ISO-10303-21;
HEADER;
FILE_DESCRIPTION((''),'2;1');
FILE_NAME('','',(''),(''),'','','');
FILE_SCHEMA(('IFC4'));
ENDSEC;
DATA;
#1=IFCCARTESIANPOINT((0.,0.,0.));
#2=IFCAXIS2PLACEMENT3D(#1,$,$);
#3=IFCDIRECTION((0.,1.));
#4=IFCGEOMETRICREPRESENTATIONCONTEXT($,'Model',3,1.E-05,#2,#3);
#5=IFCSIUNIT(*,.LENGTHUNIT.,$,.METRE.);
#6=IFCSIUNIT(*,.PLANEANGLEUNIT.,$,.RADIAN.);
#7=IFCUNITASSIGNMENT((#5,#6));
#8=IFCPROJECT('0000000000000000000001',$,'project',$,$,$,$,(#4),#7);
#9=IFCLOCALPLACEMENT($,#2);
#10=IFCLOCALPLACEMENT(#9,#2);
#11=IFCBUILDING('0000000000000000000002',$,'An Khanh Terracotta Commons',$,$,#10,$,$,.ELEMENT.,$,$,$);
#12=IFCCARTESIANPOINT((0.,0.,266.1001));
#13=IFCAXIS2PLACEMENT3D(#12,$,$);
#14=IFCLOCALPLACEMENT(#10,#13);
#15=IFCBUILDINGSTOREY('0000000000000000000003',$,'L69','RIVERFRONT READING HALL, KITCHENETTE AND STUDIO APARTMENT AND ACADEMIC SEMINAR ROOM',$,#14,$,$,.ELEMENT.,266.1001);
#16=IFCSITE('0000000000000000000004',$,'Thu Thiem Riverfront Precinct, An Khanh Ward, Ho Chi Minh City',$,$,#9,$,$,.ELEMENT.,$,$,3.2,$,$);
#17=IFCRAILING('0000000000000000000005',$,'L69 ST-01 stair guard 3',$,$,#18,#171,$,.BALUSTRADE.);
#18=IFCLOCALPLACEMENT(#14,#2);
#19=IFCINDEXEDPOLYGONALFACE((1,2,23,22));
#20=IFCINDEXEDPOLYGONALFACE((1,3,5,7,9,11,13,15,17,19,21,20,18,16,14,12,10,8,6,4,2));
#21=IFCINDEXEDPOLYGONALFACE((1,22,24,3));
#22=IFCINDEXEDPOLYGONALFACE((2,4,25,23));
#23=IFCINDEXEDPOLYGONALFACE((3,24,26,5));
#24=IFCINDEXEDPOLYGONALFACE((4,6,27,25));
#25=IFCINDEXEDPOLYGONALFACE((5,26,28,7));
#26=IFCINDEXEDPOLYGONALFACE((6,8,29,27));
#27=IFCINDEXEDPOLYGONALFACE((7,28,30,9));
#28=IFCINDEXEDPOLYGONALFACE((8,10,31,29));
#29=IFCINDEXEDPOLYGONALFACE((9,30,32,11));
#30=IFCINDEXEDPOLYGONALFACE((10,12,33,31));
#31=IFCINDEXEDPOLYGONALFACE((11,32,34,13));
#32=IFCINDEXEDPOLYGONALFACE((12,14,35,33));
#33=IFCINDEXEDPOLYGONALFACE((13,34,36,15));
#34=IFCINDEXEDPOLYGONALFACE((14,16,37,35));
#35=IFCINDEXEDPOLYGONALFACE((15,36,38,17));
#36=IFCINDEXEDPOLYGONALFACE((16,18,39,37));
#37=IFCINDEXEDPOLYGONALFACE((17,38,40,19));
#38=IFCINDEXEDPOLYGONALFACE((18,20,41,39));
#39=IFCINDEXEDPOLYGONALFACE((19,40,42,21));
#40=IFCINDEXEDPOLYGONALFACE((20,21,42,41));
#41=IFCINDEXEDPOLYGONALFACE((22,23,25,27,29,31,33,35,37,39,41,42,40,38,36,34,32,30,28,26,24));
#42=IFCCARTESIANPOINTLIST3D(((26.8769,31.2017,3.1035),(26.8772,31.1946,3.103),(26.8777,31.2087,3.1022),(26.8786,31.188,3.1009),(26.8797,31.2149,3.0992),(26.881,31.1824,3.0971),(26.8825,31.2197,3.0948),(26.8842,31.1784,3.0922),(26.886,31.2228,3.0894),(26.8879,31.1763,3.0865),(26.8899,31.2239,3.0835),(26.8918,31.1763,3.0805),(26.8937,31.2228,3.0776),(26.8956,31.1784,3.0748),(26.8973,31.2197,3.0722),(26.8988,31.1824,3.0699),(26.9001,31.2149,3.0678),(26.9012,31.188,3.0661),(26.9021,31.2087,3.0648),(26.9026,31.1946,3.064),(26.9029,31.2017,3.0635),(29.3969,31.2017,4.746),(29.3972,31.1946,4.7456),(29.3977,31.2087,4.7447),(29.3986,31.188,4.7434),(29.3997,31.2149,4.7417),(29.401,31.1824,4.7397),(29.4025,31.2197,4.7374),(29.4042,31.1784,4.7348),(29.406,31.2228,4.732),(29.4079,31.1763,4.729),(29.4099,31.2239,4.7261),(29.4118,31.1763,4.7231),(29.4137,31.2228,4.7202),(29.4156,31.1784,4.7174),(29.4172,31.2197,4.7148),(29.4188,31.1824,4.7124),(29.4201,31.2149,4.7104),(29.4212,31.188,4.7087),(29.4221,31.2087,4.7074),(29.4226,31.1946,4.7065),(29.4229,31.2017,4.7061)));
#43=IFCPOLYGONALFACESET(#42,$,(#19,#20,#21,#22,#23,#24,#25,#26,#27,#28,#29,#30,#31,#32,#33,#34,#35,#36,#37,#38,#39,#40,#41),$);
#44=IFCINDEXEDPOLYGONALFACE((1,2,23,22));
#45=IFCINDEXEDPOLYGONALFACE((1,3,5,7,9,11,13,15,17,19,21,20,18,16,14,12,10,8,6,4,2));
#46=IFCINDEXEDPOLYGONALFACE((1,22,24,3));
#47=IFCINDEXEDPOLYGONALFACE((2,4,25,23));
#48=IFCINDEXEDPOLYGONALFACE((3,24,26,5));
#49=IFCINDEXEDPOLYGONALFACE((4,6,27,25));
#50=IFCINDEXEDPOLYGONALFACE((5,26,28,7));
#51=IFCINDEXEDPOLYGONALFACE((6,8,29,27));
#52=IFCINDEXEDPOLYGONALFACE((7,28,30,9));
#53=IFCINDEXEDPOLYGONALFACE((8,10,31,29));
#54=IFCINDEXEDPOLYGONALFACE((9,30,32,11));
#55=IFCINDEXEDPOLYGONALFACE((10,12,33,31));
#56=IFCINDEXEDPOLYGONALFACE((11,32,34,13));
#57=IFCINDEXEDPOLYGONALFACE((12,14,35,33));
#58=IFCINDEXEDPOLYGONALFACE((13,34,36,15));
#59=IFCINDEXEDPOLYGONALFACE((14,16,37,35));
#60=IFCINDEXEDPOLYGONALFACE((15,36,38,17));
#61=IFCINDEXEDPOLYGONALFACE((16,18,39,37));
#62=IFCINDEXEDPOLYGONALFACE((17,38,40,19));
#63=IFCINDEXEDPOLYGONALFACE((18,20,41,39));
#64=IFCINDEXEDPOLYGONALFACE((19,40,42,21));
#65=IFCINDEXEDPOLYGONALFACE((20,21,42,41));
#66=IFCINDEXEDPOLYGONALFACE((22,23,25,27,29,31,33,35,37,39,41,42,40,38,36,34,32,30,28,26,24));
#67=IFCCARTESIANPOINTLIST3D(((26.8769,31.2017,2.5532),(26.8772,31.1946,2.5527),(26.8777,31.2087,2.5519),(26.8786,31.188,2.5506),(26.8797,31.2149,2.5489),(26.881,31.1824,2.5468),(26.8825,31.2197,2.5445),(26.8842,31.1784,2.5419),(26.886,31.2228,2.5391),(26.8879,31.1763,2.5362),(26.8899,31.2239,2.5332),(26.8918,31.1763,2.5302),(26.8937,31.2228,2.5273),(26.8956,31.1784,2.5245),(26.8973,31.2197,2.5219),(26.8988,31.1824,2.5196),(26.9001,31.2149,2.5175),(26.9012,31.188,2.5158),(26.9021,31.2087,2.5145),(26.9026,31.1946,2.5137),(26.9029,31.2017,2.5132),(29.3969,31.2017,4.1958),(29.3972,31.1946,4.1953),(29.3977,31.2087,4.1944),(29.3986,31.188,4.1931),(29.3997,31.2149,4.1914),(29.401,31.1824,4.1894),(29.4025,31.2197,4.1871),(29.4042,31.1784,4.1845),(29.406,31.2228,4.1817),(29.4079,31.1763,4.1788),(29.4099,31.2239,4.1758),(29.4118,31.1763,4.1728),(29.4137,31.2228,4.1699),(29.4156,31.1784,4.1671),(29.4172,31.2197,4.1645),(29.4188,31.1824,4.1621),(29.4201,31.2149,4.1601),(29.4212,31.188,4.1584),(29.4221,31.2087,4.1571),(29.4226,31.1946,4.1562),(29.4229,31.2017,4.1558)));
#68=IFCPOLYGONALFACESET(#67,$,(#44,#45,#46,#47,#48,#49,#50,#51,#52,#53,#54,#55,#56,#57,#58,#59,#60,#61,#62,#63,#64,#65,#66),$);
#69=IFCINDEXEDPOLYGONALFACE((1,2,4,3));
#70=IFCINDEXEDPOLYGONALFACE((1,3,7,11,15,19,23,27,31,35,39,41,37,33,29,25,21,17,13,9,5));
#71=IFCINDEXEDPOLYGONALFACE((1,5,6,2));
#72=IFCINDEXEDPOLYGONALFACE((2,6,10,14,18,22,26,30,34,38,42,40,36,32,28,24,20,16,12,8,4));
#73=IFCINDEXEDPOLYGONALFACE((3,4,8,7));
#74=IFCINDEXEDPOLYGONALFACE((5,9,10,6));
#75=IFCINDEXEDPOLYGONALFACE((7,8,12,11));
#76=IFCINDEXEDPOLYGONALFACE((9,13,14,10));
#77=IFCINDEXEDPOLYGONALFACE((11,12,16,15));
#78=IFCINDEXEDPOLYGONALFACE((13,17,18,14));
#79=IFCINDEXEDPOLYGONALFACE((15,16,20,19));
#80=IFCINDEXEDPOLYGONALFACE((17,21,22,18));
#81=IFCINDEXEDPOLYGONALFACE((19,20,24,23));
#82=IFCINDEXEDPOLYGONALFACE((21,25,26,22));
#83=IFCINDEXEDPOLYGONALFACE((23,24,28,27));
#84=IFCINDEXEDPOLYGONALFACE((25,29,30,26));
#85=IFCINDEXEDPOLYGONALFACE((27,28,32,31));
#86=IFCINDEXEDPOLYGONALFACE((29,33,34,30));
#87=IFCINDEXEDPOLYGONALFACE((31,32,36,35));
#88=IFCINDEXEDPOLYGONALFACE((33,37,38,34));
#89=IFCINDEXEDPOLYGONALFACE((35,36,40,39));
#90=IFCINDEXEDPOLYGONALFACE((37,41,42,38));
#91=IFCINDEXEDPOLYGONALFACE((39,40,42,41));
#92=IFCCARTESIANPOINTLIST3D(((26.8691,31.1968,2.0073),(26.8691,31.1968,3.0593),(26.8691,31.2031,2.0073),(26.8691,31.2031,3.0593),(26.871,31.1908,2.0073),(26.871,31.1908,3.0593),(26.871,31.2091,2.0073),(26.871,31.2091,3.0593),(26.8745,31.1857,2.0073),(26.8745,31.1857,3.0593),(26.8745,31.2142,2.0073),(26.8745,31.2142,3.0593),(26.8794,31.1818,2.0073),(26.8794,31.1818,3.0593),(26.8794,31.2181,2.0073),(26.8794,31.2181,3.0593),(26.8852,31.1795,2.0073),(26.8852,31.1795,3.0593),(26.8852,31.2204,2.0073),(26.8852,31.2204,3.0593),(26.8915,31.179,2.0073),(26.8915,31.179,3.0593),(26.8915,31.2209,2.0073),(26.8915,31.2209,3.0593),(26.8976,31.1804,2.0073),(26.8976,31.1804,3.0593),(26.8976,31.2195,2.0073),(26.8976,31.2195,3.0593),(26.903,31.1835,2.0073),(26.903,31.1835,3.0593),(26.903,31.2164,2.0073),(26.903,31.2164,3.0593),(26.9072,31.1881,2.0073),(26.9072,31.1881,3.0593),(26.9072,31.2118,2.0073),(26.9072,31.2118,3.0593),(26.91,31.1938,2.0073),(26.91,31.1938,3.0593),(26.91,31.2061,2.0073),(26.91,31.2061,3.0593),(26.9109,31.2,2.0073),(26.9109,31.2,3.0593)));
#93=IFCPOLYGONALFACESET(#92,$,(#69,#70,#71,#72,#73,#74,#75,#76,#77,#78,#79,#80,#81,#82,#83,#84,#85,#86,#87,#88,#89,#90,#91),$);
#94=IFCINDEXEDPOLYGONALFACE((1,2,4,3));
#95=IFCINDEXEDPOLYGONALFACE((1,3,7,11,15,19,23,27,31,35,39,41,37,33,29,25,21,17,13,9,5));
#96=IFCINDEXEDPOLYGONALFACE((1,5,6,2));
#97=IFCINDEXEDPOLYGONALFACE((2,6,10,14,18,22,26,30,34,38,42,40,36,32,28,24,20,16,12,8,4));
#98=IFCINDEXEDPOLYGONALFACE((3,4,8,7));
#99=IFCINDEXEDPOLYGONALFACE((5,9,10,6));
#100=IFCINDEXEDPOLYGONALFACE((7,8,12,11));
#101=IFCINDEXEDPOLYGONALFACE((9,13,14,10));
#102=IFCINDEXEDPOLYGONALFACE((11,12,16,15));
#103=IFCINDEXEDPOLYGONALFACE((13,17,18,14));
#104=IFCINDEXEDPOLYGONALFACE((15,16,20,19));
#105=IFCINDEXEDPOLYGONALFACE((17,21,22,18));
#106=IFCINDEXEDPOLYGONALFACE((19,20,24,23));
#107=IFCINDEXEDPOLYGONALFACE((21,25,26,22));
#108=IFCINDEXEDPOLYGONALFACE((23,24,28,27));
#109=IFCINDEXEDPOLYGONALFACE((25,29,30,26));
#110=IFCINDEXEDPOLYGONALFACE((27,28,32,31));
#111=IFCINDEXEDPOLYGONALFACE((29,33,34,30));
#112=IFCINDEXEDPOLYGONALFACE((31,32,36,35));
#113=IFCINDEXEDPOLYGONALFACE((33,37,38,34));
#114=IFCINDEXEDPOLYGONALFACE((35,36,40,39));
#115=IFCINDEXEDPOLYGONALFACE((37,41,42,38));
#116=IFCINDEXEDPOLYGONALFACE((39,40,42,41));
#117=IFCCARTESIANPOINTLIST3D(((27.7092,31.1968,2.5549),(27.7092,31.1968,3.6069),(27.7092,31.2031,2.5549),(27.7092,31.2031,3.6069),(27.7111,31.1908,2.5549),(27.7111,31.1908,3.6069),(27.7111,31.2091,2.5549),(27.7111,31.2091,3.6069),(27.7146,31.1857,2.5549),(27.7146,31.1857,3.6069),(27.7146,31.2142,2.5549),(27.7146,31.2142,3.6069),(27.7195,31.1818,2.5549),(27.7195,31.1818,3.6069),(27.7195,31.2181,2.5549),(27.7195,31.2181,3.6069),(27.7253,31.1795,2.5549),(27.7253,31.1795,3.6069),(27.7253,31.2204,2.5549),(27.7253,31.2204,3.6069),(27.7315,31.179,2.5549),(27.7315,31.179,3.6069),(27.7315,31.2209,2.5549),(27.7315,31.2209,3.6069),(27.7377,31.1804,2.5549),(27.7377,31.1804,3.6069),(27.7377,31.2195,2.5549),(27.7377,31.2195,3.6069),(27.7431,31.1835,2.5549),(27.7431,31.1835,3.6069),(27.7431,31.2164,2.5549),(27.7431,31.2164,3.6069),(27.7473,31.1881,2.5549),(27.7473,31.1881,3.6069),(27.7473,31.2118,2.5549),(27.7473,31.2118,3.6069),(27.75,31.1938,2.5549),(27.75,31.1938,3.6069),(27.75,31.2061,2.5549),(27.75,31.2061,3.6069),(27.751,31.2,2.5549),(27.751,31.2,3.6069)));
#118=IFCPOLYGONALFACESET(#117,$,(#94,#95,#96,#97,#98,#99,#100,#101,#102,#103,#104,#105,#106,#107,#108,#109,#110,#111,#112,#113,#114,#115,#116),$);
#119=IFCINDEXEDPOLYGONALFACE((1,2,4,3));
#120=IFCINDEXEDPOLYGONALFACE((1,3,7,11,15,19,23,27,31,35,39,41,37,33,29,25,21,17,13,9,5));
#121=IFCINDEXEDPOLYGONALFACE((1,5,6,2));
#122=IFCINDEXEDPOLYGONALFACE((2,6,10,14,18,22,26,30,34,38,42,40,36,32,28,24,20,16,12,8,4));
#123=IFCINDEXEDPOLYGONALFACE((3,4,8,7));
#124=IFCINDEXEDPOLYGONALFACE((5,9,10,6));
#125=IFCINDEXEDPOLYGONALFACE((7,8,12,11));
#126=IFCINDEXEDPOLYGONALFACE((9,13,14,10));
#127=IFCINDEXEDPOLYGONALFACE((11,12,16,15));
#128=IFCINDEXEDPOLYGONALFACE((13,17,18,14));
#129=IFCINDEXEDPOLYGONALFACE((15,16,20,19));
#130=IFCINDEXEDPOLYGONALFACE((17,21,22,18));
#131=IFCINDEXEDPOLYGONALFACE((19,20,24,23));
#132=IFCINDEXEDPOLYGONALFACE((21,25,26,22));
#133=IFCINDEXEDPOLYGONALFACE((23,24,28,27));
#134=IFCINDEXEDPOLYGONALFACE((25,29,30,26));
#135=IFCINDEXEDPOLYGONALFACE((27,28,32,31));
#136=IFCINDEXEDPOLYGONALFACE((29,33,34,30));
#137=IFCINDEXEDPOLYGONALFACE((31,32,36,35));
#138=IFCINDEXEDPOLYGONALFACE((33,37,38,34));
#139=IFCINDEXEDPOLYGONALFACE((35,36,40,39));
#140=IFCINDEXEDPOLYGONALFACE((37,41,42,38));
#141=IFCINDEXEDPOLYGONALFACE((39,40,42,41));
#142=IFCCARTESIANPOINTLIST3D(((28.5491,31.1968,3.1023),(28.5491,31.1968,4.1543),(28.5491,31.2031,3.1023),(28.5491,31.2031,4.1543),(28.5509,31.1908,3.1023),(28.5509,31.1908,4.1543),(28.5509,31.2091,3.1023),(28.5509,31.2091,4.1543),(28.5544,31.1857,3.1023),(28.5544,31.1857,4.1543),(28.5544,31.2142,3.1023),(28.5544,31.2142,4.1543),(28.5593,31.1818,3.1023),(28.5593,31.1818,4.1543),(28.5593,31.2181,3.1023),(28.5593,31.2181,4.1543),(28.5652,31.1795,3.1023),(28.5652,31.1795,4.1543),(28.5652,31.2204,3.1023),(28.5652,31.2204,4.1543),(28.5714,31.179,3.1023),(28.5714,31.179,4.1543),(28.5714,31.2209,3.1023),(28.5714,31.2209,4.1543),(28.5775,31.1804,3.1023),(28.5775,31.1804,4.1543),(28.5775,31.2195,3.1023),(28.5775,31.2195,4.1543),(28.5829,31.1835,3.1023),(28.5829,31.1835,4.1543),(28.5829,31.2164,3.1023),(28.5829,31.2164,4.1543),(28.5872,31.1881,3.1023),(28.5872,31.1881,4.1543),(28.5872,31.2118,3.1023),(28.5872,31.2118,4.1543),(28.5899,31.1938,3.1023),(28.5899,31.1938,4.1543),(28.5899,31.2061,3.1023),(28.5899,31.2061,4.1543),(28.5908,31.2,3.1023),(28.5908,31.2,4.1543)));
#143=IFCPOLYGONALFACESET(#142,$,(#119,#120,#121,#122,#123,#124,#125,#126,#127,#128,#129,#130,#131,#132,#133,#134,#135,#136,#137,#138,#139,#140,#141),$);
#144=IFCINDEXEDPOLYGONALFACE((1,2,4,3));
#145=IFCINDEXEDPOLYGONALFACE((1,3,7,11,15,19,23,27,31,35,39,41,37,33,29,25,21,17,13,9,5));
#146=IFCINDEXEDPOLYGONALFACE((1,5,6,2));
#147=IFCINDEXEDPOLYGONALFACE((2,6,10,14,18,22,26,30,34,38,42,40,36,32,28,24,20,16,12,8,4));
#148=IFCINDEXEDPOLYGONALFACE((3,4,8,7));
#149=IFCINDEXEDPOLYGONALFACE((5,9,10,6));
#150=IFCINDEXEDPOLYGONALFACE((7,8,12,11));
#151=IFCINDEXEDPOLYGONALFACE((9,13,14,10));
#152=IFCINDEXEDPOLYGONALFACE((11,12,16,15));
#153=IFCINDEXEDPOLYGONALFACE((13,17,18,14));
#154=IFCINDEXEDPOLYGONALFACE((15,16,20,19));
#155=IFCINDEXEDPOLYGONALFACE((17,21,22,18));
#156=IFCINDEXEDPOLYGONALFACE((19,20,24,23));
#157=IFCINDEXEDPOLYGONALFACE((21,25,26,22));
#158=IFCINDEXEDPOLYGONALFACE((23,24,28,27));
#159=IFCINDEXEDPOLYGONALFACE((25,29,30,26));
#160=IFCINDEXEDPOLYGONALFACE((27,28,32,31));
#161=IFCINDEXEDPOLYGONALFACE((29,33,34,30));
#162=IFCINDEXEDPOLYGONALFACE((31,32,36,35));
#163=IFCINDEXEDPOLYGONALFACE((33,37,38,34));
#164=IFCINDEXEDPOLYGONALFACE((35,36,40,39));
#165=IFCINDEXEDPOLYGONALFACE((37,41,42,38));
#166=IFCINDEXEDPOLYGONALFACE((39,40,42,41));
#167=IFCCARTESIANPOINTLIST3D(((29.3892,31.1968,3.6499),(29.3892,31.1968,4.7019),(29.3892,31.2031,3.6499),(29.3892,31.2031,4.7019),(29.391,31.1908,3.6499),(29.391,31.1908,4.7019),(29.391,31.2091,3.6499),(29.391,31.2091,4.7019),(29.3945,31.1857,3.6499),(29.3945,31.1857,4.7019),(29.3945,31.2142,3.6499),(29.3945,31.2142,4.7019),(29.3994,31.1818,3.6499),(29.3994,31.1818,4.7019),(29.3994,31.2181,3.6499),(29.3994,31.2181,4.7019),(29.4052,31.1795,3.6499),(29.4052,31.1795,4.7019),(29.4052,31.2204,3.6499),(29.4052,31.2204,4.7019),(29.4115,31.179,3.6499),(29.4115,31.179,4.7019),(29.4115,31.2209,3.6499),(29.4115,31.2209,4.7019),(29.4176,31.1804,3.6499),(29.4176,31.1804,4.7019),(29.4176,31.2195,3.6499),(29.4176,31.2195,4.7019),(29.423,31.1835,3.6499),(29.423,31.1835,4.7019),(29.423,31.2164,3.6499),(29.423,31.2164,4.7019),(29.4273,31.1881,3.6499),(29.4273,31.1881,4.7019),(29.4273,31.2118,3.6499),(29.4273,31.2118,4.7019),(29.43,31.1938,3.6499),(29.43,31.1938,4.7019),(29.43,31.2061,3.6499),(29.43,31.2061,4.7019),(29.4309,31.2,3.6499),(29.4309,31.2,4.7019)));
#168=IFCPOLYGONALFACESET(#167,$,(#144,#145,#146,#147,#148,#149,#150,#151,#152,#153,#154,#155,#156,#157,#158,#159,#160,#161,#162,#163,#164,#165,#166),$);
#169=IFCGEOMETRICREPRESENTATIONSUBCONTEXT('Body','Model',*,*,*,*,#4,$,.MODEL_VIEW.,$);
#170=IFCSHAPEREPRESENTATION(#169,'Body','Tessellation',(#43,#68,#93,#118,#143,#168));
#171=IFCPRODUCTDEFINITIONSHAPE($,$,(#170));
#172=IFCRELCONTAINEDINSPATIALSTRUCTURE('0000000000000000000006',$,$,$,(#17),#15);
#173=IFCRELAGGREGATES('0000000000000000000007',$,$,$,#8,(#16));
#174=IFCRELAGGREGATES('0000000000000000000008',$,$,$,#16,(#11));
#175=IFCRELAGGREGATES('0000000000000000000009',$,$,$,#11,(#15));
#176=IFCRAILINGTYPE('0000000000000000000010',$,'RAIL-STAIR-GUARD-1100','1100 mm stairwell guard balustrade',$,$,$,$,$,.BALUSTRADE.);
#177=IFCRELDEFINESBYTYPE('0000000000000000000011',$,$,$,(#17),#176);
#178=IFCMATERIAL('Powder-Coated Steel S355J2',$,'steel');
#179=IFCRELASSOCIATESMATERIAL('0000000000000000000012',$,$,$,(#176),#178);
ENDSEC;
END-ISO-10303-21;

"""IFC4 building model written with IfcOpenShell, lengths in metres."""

from ifc_helpers import new_model, si_unit, direction, frame, origin, origin_2d, place, context, subcontext, project, spatial, circle, extrude, material, type_object, element, save


model = new_model("IFC4")

# Units and contexts
model_context = context("Model", 3, precision=1e-05, world=origin(), true_north=direction((0.0, 1.0)))
body_context = subcontext(model_context, "Body", "Model", "MODEL_VIEW")
ifc_project = project(units=[si_unit("LENGTHUNIT", "METRE"), si_unit("PLANEANGLEUNIT", "RADIAN")], contexts=[model_context])

# Site, building, storey
site_placement = place(None, origin())
site = spatial("IfcSite", under=ifc_project, at=site_placement, Name="Thu Thiem Riverfront Precinct, An Khanh Ward, Ho Chi Minh City", CompositionType="ELEMENT", RefElevation=3.2)
building_placement = place(site_placement, origin())
building = spatial("IfcBuilding", under=site, at=building_placement, Name="An Khanh Terracotta Commons", CompositionType="ELEMENT")
storey_placement = place(building_placement, frame((0.0, 0.0, 266.1001)))
storey = spatial("IfcBuildingStorey", under=building, at=storey_placement, Name="L69", Description="RIVERFRONT READING HALL, KITCHENETTE AND STUDIO APARTMENT AND ACADEMIC SEMINAR ROOM", CompositionType="ELEMENT", Elevation=266.1001)

# Railing
ifc_material_1 = material(Name="Powder-Coated Steel S355J2", Category="steel")
railing_type_1 = type_object("IfcRailingType", Name="RAIL-STAIR-GUARD-1100", Description="1100 mm stairwell guard balustrade", PredefinedType="BALUSTRADE", material=ifc_material_1)
railing_1_placement = place(storey_placement, frame((26.8899, 31.2, 2.0073)))
element("IfcRailing", 1, at=railing_1_placement, inside=storey, type_object=railing_type_1, Name="L69 ST-01 stair guard 3", PredefinedType="BALUSTRADE", context=body_context, shape_type="SweptSolid", body=[
    extrude(circle(Radius=0.0239, at=origin_2d()), frame((0.0, 0.0, 1.0762), z_axis=(0.837749, 0.0, 0.546055), x_axis=(0.0, 1.0, 0.0)), (0.0, 0.0, 1.0), 3.0081),
    extrude(circle(Radius=0.0239, at=origin_2d()), frame((0.0, 0.0, 0.5259), z_axis=(0.837749, 0.0, 0.546055), x_axis=(0.0, 1.0, 0.0)), (0.0, 0.0, 1.0), 3.0081),
    extrude(circle(Radius=0.021, at=origin_2d()), origin(), (0.0, 0.0, 1.0), 1.052),
    extrude(circle(Radius=0.021, at=origin_2d()), frame((0.8401, 0.0, 0.5476)), (0.0, 0.0, 1.0), 1.052),
    extrude(circle(Radius=0.021, at=origin_2d()), frame((1.6799, 0.0, 1.095)), (0.0, 0.0, 1.0), 1.052),
    extrude(circle(Radius=0.021, at=origin_2d()), frame((2.52, 0.0, 1.6426)), (0.0, 0.0, 1.0), 1.052),
])

save(model, "model.ifc")
